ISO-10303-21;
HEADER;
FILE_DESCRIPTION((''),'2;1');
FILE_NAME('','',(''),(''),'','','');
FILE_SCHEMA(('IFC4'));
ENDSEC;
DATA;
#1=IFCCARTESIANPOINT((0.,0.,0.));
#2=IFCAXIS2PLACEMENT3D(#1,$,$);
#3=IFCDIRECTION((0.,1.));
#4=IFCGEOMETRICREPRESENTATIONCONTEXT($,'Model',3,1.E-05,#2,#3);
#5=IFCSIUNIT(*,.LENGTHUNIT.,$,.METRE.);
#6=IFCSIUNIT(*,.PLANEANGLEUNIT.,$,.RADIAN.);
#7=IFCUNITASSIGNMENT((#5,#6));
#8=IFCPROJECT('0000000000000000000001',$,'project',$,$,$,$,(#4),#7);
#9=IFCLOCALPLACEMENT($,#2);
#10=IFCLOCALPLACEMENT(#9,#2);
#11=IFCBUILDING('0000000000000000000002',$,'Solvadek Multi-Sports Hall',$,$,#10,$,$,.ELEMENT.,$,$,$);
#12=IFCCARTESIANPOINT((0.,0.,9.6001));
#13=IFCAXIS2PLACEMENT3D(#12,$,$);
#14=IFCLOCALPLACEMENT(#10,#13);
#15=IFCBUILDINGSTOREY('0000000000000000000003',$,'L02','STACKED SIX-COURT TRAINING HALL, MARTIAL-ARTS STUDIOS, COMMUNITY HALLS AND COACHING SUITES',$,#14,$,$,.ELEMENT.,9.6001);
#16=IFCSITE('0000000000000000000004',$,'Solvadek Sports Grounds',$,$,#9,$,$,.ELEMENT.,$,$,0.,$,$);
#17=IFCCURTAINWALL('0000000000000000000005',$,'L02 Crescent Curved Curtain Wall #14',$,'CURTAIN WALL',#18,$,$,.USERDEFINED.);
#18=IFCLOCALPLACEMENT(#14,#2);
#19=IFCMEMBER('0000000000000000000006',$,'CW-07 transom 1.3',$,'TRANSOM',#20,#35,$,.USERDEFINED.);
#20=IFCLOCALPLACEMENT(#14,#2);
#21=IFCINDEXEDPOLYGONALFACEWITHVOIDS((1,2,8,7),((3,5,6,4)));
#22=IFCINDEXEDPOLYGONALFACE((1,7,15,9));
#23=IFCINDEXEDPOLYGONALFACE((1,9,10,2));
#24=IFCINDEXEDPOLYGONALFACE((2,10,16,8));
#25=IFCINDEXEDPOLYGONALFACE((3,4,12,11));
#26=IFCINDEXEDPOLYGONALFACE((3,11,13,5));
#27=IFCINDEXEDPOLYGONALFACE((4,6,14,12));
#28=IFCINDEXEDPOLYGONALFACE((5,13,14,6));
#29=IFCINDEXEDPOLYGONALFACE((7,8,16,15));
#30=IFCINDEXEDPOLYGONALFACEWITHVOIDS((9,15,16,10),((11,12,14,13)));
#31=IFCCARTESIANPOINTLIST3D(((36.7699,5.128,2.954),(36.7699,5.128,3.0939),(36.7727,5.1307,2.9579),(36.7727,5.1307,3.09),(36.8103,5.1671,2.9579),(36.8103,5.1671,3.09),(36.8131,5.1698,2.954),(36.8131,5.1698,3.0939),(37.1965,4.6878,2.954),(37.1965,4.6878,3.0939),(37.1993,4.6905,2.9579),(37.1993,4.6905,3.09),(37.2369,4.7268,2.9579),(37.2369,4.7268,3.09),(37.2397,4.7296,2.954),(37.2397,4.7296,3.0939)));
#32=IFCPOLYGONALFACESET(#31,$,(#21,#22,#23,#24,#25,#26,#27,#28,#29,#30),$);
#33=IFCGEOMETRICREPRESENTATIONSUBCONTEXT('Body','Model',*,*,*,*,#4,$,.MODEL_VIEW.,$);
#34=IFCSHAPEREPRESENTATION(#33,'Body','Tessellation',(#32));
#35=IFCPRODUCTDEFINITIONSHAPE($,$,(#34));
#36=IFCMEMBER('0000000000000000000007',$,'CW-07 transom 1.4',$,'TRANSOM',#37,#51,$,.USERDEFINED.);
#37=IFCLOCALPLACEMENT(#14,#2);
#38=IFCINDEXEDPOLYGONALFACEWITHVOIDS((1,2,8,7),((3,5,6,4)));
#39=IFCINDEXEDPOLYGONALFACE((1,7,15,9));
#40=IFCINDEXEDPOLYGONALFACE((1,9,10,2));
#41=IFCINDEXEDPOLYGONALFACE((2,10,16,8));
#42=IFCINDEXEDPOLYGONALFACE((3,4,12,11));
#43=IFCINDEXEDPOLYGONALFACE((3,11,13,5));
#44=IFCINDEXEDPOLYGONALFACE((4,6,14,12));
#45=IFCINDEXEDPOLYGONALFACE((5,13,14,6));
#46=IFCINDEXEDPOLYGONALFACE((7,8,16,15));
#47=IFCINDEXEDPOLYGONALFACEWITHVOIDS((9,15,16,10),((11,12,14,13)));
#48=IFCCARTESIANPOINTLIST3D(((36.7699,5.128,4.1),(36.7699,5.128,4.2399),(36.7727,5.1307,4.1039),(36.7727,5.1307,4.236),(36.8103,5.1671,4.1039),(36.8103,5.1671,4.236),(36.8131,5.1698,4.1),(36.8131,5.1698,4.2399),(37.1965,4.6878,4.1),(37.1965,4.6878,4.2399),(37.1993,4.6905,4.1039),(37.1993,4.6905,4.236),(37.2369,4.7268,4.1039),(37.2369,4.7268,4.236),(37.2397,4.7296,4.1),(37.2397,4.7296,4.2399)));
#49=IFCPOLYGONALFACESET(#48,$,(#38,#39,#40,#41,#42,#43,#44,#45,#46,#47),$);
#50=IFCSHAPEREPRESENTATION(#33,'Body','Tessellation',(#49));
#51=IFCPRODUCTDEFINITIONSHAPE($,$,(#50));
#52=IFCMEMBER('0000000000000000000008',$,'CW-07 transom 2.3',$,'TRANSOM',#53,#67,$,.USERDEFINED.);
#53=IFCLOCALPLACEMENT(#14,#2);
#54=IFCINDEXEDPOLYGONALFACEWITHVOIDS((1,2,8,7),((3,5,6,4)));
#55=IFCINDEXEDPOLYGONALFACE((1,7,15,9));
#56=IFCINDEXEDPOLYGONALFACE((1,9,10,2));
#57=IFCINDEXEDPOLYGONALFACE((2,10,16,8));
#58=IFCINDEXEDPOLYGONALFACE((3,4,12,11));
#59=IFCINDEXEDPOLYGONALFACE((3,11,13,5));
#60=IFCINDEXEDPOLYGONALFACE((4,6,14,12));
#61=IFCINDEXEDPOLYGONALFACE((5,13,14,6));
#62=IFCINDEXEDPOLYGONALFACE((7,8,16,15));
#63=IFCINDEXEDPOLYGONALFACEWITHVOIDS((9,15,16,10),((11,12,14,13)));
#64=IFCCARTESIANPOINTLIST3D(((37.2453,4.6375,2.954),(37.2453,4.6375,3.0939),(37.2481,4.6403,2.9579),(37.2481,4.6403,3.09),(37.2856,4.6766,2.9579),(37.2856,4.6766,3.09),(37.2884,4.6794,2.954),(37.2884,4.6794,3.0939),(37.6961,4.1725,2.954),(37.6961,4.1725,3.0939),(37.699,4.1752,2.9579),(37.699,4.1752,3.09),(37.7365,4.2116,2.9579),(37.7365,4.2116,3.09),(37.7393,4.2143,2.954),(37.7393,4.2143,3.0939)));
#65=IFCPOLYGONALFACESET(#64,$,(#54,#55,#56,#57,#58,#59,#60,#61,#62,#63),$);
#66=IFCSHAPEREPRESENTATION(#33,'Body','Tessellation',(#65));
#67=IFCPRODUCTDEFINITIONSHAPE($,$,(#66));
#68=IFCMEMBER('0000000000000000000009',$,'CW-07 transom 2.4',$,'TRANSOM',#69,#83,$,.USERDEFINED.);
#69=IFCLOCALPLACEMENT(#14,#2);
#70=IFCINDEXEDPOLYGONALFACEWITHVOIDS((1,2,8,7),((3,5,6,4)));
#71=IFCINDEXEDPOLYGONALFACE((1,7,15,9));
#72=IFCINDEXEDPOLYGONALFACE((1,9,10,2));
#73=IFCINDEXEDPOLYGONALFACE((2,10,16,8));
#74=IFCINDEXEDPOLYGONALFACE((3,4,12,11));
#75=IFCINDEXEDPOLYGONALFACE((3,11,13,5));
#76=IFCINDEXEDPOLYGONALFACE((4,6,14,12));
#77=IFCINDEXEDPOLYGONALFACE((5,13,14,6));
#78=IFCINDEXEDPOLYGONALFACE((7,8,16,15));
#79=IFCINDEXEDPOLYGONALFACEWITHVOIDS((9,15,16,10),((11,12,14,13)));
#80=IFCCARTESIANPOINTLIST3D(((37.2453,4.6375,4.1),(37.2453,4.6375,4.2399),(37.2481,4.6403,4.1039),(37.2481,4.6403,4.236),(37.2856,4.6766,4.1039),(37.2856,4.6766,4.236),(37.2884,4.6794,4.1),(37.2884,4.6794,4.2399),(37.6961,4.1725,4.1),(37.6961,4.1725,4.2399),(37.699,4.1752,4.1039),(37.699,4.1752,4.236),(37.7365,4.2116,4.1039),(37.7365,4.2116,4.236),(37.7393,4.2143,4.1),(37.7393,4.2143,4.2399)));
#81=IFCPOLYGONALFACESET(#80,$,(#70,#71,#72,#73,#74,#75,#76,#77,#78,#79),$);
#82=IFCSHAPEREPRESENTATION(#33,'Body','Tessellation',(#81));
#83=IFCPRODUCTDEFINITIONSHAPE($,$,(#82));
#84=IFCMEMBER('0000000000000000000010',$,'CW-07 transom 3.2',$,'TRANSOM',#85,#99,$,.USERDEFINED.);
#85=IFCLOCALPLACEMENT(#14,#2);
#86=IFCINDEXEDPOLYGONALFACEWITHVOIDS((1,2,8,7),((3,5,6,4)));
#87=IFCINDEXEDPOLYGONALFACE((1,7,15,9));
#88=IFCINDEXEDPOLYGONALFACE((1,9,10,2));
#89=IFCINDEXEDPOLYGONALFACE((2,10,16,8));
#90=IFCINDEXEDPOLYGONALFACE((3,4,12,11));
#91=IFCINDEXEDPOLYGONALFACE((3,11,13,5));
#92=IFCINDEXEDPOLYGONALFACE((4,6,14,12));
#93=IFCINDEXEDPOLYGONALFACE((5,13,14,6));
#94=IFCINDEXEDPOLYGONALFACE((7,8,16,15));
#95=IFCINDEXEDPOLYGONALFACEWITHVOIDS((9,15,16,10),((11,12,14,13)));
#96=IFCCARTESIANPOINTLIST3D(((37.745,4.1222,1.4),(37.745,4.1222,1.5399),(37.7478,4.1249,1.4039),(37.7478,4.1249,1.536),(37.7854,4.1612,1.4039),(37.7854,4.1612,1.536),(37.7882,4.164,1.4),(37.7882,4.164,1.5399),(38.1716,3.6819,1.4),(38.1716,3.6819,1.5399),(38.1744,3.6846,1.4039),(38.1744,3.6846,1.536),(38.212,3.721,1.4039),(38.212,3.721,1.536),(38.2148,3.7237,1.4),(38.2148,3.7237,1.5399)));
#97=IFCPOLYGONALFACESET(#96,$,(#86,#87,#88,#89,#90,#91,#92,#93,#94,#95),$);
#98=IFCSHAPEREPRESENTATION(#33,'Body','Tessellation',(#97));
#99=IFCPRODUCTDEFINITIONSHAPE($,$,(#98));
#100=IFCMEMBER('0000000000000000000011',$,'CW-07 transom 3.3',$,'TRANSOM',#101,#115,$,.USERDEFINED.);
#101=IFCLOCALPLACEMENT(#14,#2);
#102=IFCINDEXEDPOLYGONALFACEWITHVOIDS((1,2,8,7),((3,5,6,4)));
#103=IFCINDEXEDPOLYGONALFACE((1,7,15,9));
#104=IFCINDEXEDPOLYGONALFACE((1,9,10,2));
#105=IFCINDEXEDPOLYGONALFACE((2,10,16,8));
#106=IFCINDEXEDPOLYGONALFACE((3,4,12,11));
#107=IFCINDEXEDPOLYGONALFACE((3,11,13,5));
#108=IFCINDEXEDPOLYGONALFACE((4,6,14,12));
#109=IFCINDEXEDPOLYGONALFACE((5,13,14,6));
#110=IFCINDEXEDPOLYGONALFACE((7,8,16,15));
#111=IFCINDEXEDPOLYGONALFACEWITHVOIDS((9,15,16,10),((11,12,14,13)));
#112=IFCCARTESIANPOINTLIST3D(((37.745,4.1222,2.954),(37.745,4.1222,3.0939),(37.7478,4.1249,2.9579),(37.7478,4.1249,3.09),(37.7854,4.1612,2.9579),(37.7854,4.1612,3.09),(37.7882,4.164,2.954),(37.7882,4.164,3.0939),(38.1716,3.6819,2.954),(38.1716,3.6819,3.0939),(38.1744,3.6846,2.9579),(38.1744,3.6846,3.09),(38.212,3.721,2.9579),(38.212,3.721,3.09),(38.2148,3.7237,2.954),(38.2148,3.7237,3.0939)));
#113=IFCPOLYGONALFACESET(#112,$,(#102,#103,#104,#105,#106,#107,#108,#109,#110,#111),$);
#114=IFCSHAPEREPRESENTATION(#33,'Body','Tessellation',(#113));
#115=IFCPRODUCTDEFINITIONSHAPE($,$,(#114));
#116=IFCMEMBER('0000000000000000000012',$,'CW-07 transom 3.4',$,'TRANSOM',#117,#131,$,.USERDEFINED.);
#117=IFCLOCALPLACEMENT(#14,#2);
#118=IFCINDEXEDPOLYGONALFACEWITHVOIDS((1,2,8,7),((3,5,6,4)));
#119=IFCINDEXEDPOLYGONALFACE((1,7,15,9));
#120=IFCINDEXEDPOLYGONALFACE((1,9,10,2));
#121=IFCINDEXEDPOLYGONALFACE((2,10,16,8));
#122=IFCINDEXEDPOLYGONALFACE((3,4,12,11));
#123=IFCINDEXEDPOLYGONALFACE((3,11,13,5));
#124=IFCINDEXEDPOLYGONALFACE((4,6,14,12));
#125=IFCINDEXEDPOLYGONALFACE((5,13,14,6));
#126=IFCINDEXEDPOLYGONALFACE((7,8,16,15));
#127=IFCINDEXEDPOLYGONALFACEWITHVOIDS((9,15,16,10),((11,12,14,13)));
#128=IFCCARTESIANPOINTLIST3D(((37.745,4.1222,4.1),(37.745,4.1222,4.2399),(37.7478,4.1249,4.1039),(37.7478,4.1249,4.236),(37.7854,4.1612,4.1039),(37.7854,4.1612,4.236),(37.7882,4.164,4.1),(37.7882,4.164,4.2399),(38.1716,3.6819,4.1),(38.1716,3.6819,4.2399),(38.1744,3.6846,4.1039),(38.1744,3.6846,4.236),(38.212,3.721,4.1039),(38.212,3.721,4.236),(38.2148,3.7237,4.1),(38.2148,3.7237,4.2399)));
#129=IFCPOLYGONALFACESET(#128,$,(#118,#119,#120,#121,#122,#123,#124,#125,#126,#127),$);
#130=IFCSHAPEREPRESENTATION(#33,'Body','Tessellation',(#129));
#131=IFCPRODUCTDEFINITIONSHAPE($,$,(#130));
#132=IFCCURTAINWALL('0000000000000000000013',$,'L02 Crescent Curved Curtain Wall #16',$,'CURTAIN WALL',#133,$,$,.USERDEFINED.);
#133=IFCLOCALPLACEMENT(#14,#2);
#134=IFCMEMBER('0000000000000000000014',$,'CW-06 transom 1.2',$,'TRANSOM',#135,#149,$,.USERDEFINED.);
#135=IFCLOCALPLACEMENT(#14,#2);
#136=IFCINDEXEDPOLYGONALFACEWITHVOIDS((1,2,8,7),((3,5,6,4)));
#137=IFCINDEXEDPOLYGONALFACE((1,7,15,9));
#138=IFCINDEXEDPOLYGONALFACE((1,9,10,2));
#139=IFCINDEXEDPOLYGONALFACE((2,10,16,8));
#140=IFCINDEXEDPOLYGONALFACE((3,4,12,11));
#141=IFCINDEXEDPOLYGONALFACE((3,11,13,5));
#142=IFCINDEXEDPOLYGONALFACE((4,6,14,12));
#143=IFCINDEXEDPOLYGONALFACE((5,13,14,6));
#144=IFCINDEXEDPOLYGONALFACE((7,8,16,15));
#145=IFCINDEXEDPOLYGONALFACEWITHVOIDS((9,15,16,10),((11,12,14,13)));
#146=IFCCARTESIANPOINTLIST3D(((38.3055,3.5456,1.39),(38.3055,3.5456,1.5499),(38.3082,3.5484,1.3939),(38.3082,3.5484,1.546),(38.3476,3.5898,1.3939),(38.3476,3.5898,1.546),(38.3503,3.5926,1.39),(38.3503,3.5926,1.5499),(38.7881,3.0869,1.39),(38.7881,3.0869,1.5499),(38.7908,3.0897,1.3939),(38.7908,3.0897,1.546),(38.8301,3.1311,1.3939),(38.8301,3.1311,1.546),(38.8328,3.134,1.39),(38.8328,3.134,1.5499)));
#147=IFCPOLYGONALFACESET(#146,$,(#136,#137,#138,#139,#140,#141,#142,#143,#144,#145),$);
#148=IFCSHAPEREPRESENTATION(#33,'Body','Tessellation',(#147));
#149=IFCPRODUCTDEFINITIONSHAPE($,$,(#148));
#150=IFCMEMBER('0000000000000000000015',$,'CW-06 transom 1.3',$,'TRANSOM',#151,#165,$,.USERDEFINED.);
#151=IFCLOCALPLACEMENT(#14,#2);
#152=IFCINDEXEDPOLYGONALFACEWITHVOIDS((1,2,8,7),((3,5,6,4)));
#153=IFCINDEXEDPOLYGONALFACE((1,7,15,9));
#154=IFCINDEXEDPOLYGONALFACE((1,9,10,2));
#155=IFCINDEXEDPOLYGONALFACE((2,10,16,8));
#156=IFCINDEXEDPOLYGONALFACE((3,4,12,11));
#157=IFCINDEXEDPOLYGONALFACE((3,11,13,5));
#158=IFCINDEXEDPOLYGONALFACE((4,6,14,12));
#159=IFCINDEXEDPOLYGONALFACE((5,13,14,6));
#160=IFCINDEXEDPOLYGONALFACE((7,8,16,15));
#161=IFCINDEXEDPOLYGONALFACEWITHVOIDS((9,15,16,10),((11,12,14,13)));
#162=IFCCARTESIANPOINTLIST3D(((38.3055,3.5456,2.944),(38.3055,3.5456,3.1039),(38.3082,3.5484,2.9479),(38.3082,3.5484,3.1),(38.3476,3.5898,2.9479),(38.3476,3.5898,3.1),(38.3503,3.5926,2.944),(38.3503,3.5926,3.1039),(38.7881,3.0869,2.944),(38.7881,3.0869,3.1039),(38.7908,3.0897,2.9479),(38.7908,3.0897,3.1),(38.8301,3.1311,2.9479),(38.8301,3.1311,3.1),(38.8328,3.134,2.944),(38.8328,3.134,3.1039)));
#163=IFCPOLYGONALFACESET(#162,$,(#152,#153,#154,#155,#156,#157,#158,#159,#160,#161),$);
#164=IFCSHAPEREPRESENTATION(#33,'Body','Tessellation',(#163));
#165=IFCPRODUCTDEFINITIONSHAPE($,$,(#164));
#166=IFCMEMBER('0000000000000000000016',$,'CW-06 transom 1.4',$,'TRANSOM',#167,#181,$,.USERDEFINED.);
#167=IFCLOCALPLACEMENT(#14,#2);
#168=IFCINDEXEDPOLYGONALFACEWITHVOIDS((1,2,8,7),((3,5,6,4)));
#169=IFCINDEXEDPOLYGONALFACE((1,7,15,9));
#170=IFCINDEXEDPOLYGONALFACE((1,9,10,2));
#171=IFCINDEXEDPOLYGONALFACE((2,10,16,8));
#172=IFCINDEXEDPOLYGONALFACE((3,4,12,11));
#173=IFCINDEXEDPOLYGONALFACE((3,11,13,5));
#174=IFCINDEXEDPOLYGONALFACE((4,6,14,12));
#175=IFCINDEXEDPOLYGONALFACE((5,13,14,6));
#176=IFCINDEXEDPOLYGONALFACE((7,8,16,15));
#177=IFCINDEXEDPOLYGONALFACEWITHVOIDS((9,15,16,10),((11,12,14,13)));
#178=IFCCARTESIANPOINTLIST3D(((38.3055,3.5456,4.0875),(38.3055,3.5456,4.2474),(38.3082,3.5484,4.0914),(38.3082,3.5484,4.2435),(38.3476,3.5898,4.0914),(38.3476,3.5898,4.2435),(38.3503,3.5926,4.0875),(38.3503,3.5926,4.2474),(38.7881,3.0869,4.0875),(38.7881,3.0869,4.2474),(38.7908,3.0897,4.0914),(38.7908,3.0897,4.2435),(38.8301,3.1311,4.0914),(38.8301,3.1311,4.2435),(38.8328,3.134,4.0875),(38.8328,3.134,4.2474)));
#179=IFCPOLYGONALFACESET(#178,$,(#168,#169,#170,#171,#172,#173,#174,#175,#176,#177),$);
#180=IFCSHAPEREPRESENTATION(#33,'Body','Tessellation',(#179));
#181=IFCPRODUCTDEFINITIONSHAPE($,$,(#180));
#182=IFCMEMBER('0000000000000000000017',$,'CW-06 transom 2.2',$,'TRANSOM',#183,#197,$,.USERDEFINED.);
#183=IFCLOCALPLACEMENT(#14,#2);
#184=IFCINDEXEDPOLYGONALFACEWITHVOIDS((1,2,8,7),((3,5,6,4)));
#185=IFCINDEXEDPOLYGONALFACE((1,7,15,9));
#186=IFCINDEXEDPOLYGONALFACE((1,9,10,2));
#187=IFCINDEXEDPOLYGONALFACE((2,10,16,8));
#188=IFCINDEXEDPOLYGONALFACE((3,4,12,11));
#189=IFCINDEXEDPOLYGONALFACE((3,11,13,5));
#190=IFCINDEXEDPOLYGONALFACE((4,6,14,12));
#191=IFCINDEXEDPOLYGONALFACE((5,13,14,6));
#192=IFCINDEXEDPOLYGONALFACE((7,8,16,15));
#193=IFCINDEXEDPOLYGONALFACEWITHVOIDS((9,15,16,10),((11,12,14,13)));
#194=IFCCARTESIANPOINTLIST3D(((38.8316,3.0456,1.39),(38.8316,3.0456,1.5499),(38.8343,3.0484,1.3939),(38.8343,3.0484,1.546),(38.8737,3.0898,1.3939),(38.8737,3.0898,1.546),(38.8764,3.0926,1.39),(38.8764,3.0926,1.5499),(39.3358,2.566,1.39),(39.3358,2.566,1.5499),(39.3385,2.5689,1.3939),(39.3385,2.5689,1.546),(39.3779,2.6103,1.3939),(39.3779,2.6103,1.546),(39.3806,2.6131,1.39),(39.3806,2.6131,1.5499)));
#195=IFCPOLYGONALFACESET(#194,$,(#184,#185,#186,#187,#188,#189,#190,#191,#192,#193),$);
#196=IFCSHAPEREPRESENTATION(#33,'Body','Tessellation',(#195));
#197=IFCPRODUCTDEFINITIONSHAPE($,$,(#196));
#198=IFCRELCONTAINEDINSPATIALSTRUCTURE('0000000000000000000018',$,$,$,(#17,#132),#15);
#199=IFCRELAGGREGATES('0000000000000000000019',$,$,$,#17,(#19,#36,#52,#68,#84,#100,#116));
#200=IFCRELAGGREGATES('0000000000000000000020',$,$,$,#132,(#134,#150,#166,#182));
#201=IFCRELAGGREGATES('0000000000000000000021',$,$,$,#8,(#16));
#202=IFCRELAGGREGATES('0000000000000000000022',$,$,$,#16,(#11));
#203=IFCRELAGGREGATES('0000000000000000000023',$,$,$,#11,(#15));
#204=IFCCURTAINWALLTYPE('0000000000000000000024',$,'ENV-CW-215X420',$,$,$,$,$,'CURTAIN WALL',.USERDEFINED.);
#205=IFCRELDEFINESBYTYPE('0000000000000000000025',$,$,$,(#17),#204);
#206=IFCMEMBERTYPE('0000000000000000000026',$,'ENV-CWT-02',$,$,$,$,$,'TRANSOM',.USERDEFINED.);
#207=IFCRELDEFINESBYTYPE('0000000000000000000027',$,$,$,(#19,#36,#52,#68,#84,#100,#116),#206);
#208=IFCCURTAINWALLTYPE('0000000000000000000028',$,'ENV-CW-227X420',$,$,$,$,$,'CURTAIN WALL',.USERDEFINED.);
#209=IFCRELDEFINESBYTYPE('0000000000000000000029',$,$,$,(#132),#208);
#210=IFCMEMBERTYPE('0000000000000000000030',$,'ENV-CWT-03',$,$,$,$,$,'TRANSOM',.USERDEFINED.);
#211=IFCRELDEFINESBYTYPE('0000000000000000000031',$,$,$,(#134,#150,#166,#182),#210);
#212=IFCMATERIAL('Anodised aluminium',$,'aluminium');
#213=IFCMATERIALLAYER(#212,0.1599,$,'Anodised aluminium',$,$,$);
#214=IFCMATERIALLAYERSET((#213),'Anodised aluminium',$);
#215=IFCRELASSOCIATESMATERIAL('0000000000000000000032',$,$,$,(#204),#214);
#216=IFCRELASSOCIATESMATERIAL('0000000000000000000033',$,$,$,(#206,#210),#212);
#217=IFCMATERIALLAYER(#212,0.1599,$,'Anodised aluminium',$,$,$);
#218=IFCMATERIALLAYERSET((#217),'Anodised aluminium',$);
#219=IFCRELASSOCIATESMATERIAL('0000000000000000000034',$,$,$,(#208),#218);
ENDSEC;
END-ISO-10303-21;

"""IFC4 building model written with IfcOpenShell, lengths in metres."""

from ifc_helpers import new_model, si_unit, direction, frame, origin, origin_2d, place, context, subcontext, project, spatial, hollow_rectangle, extrude, material, layer, layer_set, material_profile, profile_set, type_object, element, aggregate, save


model = new_model("IFC4")

# Units and contexts
model_context = context("Model", 3, precision=1e-05, world=origin(), true_north=direction((0.0, 1.0)))
body_context = subcontext(model_context, "Body", "Model", "MODEL_VIEW")
ifc_project = project(units=[si_unit("LENGTHUNIT", "METRE"), si_unit("PLANEANGLEUNIT", "RADIAN")], contexts=[model_context])

# Site, building, storey
site_placement = place(None, origin())
site = spatial("IfcSite", under=ifc_project, at=site_placement, Name="Solvadek Sports Grounds", CompositionType="ELEMENT", RefElevation=0.0)
building_placement = place(site_placement, origin())
building = spatial("IfcBuilding", under=site, at=building_placement, Name="Solvadek Multi-Sports Hall", CompositionType="ELEMENT")
storey_placement = place(building_placement, frame((0.0, 0.0, 9.6001)))
storey = spatial("IfcBuildingStorey", under=building, at=storey_placement, Name="L02", Description="STACKED SIX-COURT TRAINING HALL, MARTIAL-ARTS STUDIOS, COMMUNITY HALLS AND COACHING SUITES", CompositionType="ELEMENT", Elevation=9.6001)

# Curtain walls, members
ifc_material_1 = material(Name="Anodised aluminium", Category="aluminium")
ifc_layer_1 = layer(ifc_material_1, 0.1599, Name="Anodised aluminium")
ifc_layer_set_1 = layer_set([ifc_layer_1], Name="Anodised aluminium")
curtain_wall_type_1 = type_object("IfcCurtainWallType", Name="ENV-CW-215X420", ElementType="CURTAIN WALL", PredefinedType="USERDEFINED", material=ifc_layer_set_1)
curtain_wall_1_placement = place(storey_placement, origin())
curtain_wall_1 = element("IfcCurtainWall", 1, at=curtain_wall_1_placement, inside=storey, type_object=curtain_wall_type_1, Name="L02 Crescent Curved Curtain Wall #14", ObjectType="CURTAIN WALL", PredefinedType="USERDEFINED")
ifc_material_profile_1 = material_profile(ifc_material_1, hollow_rectangle(XDim=0.0601, YDim=0.1399, WallThickness=0.0039, at=origin_2d()), Name="ALU-T 140x60x4")
ifc_profile_set_1 = profile_set([ifc_material_profile_1], Name="Anodised aluminium")
member_type_1 = type_object("IfcMemberType", Name="ENV-CWT-02", ElementType="TRANSOM", PredefinedType="USERDEFINED", material=ifc_profile_set_1)
member_1_placement = place(storey_placement, frame((36.7915, 5.1489, 3.0239), z_axis=(0.695866, -0.718172, 0.0), x_axis=(0.718172, 0.695866, 0.0)))
member_1 = element("IfcMember", 2, at=member_1_placement, type_object=member_type_1, Name="CW-07 transom 1.3", ObjectType="TRANSOM", PredefinedType="USERDEFINED", context=body_context, shape_type="SweptSolid", body=[
    extrude(hollow_rectangle(XDim=0.0601, YDim=0.1399, WallThickness=0.0039, at=origin_2d()), origin(), (0.0, 0.0, 1.0), 0.613),
])
member_2_placement = place(storey_placement, frame((36.7915, 5.1489, 4.1699), z_axis=(0.695866, -0.718172, 0.0), x_axis=(0.718172, 0.695866, 0.0)))
member_2 = element("IfcMember", 3, at=member_2_placement, type_object=member_type_1, Name="CW-07 transom 1.4", ObjectType="TRANSOM", PredefinedType="USERDEFINED", context=body_context, shape_type="SweptSolid", body=[
    extrude(hollow_rectangle(XDim=0.0601, YDim=0.1399, WallThickness=0.0039, at=origin_2d()), origin(), (0.0, 0.0, 1.0), 0.613),
])
member_3_placement = place(storey_placement, frame((37.2668, 4.6584, 3.0239), z_axis=(0.696093, -0.717952, 0.0), x_axis=(0.717952, 0.696093, 0.0)))
member_3 = element("IfcMember", 4, at=member_3_placement, type_object=member_type_1, Name="CW-07 transom 2.3", ObjectType="TRANSOM", PredefinedType="USERDEFINED", context=body_context, shape_type="SweptSolid", body=[
    extrude(hollow_rectangle(XDim=0.0601, YDim=0.1399, WallThickness=0.0039, at=origin_2d()), origin(), (0.0, 0.0, 1.0), 0.6477),
])
member_4_placement = place(storey_placement, frame((37.2668, 4.6584, 4.1699), z_axis=(0.696093, -0.717952, 0.0), x_axis=(0.717952, 0.696093, 0.0)))
member_4 = element("IfcMember", 5, at=member_4_placement, type_object=member_type_1, Name="CW-07 transom 2.4", ObjectType="TRANSOM", PredefinedType="USERDEFINED", context=body_context, shape_type="SweptSolid", body=[
    extrude(hollow_rectangle(XDim=0.0601, YDim=0.1399, WallThickness=0.0039, at=origin_2d()), origin(), (0.0, 0.0, 1.0), 0.6477),
])
member_5_placement = place(storey_placement, frame((37.7666, 4.1431, 1.47), z_axis=(0.695866, -0.718172, 0.0), x_axis=(0.718172, 0.695866, 0.0)))
member_5 = element("IfcMember", 6, at=member_5_placement, type_object=member_type_1, Name="CW-07 transom 3.2", ObjectType="TRANSOM", PredefinedType="USERDEFINED", context=body_context, shape_type="SweptSolid", body=[
    extrude(hollow_rectangle(XDim=0.0601, YDim=0.1399, WallThickness=0.0039, at=origin_2d()), origin(), (0.0, 0.0, 1.0), 0.613),
])
member_6_placement = place(storey_placement, frame((37.7666, 4.1431, 3.0239), z_axis=(0.695866, -0.718172, 0.0), x_axis=(0.718172, 0.695866, 0.0)))
member_6 = element("IfcMember", 7, at=member_6_placement, type_object=member_type_1, Name="CW-07 transom 3.3", ObjectType="TRANSOM", PredefinedType="USERDEFINED", context=body_context, shape_type="SweptSolid", body=[
    extrude(hollow_rectangle(XDim=0.0601, YDim=0.1399, WallThickness=0.0039, at=origin_2d()), origin(), (0.0, 0.0, 1.0), 0.613),
])
member_7_placement = place(storey_placement, frame((37.7666, 4.1431, 4.1699), z_axis=(0.695866, -0.718172, 0.0), x_axis=(0.718172, 0.695866, 0.0)))
member_7 = element("IfcMember", 8, at=member_7_placement, type_object=member_type_1, Name="CW-07 transom 3.4", ObjectType="TRANSOM", PredefinedType="USERDEFINED", context=body_context, shape_type="SweptSolid", body=[
    extrude(hollow_rectangle(XDim=0.0601, YDim=0.1399, WallThickness=0.0039, at=origin_2d()), origin(), (0.0, 0.0, 1.0), 0.613),
])
ifc_layer_2 = layer(ifc_material_1, 0.1599, Name="Anodised aluminium")
ifc_layer_set_2 = layer_set([ifc_layer_2], Name="Anodised aluminium")
curtain_wall_type_2 = type_object("IfcCurtainWallType", Name="ENV-CW-227X420", ElementType="CURTAIN WALL", PredefinedType="USERDEFINED", material=ifc_layer_set_2)
curtain_wall_2_placement = place(storey_placement, origin())
curtain_wall_2 = element("IfcCurtainWall", 9, at=curtain_wall_2_placement, inside=storey, type_object=curtain_wall_type_2, Name="L02 Crescent Curved Curtain Wall #16", ObjectType="CURTAIN WALL", PredefinedType="USERDEFINED")
ifc_material_profile_2 = material_profile(ifc_material_1, hollow_rectangle(XDim=0.0649, YDim=0.1599, WallThickness=0.0039, at=origin_2d()), Name="ALU-T 160x65x4")
ifc_profile_set_2 = profile_set([ifc_material_profile_2], Name="Anodised aluminium")
member_type_2 = type_object("IfcMemberType", Name="ENV-CWT-03", ElementType="TRANSOM", PredefinedType="USERDEFINED", material=ifc_profile_set_2)
member_8_placement = place(storey_placement, frame((38.3279, 3.5691, 1.47), z_axis=(0.724844, -0.688913, 0.0), x_axis=(0.688913, 0.724844, 0.0)))
member_8 = element("IfcMember", 10, at=member_8_placement, type_object=member_type_2, Name="CW-06 transom 1.2", ObjectType="TRANSOM", PredefinedType="USERDEFINED", context=body_context, shape_type="SweptSolid", body=[
    extrude(hollow_rectangle(XDim=0.0649, YDim=0.1599, WallThickness=0.0039, at=origin_2d()), origin(), (0.0, 0.0, 1.0), 0.6658),
])
member_9_placement = place(storey_placement, frame((38.3279, 3.5691, 3.0239), z_axis=(0.724844, -0.688913, 0.0), x_axis=(0.688913, 0.724844, 0.0)))
member_9 = element("IfcMember", 11, at=member_9_placement, type_object=member_type_2, Name="CW-06 transom 1.3", ObjectType="TRANSOM", PredefinedType="USERDEFINED", context=body_context, shape_type="SweptSolid", body=[
    extrude(hollow_rectangle(XDim=0.0649, YDim=0.1599, WallThickness=0.0039, at=origin_2d()), origin(), (0.0, 0.0, 1.0), 0.6658),
])
member_10_placement = place(storey_placement, frame((38.3279, 3.5691, 4.1675), z_axis=(0.724844, -0.688913, 0.0), x_axis=(0.688913, 0.724844, 0.0)))
member_10 = element("IfcMember", 12, at=member_10_placement, type_object=member_type_2, Name="CW-06 transom 1.4", ObjectType="TRANSOM", PredefinedType="USERDEFINED", context=body_context, shape_type="SweptSolid", body=[
    extrude(hollow_rectangle(XDim=0.0649, YDim=0.1599, WallThickness=0.0039, at=origin_2d()), origin(), (0.0, 0.0, 1.0), 0.6658),
])
member_11_placement = place(storey_placement, frame((38.854, 3.0691, 1.47), z_axis=(0.724605, -0.689164, 0.0), x_axis=(0.689164, 0.724605, 0.0)))
member_11 = element("IfcMember", 13, at=member_11_placement, type_object=member_type_2, Name="CW-06 transom 2.2", ObjectType="TRANSOM", PredefinedType="USERDEFINED", context=body_context, shape_type="SweptSolid", body=[
    extrude(hollow_rectangle(XDim=0.0649, YDim=0.1599, WallThickness=0.0039, at=origin_2d()), origin(), (0.0, 0.0, 1.0), 0.6958),
])

aggregate(curtain_wall_1, [member_1, member_2, member_3, member_4, member_5, member_6, member_7])
aggregate(curtain_wall_2, [member_8, member_9, member_10, member_11])

save(model, "model.ifc")
